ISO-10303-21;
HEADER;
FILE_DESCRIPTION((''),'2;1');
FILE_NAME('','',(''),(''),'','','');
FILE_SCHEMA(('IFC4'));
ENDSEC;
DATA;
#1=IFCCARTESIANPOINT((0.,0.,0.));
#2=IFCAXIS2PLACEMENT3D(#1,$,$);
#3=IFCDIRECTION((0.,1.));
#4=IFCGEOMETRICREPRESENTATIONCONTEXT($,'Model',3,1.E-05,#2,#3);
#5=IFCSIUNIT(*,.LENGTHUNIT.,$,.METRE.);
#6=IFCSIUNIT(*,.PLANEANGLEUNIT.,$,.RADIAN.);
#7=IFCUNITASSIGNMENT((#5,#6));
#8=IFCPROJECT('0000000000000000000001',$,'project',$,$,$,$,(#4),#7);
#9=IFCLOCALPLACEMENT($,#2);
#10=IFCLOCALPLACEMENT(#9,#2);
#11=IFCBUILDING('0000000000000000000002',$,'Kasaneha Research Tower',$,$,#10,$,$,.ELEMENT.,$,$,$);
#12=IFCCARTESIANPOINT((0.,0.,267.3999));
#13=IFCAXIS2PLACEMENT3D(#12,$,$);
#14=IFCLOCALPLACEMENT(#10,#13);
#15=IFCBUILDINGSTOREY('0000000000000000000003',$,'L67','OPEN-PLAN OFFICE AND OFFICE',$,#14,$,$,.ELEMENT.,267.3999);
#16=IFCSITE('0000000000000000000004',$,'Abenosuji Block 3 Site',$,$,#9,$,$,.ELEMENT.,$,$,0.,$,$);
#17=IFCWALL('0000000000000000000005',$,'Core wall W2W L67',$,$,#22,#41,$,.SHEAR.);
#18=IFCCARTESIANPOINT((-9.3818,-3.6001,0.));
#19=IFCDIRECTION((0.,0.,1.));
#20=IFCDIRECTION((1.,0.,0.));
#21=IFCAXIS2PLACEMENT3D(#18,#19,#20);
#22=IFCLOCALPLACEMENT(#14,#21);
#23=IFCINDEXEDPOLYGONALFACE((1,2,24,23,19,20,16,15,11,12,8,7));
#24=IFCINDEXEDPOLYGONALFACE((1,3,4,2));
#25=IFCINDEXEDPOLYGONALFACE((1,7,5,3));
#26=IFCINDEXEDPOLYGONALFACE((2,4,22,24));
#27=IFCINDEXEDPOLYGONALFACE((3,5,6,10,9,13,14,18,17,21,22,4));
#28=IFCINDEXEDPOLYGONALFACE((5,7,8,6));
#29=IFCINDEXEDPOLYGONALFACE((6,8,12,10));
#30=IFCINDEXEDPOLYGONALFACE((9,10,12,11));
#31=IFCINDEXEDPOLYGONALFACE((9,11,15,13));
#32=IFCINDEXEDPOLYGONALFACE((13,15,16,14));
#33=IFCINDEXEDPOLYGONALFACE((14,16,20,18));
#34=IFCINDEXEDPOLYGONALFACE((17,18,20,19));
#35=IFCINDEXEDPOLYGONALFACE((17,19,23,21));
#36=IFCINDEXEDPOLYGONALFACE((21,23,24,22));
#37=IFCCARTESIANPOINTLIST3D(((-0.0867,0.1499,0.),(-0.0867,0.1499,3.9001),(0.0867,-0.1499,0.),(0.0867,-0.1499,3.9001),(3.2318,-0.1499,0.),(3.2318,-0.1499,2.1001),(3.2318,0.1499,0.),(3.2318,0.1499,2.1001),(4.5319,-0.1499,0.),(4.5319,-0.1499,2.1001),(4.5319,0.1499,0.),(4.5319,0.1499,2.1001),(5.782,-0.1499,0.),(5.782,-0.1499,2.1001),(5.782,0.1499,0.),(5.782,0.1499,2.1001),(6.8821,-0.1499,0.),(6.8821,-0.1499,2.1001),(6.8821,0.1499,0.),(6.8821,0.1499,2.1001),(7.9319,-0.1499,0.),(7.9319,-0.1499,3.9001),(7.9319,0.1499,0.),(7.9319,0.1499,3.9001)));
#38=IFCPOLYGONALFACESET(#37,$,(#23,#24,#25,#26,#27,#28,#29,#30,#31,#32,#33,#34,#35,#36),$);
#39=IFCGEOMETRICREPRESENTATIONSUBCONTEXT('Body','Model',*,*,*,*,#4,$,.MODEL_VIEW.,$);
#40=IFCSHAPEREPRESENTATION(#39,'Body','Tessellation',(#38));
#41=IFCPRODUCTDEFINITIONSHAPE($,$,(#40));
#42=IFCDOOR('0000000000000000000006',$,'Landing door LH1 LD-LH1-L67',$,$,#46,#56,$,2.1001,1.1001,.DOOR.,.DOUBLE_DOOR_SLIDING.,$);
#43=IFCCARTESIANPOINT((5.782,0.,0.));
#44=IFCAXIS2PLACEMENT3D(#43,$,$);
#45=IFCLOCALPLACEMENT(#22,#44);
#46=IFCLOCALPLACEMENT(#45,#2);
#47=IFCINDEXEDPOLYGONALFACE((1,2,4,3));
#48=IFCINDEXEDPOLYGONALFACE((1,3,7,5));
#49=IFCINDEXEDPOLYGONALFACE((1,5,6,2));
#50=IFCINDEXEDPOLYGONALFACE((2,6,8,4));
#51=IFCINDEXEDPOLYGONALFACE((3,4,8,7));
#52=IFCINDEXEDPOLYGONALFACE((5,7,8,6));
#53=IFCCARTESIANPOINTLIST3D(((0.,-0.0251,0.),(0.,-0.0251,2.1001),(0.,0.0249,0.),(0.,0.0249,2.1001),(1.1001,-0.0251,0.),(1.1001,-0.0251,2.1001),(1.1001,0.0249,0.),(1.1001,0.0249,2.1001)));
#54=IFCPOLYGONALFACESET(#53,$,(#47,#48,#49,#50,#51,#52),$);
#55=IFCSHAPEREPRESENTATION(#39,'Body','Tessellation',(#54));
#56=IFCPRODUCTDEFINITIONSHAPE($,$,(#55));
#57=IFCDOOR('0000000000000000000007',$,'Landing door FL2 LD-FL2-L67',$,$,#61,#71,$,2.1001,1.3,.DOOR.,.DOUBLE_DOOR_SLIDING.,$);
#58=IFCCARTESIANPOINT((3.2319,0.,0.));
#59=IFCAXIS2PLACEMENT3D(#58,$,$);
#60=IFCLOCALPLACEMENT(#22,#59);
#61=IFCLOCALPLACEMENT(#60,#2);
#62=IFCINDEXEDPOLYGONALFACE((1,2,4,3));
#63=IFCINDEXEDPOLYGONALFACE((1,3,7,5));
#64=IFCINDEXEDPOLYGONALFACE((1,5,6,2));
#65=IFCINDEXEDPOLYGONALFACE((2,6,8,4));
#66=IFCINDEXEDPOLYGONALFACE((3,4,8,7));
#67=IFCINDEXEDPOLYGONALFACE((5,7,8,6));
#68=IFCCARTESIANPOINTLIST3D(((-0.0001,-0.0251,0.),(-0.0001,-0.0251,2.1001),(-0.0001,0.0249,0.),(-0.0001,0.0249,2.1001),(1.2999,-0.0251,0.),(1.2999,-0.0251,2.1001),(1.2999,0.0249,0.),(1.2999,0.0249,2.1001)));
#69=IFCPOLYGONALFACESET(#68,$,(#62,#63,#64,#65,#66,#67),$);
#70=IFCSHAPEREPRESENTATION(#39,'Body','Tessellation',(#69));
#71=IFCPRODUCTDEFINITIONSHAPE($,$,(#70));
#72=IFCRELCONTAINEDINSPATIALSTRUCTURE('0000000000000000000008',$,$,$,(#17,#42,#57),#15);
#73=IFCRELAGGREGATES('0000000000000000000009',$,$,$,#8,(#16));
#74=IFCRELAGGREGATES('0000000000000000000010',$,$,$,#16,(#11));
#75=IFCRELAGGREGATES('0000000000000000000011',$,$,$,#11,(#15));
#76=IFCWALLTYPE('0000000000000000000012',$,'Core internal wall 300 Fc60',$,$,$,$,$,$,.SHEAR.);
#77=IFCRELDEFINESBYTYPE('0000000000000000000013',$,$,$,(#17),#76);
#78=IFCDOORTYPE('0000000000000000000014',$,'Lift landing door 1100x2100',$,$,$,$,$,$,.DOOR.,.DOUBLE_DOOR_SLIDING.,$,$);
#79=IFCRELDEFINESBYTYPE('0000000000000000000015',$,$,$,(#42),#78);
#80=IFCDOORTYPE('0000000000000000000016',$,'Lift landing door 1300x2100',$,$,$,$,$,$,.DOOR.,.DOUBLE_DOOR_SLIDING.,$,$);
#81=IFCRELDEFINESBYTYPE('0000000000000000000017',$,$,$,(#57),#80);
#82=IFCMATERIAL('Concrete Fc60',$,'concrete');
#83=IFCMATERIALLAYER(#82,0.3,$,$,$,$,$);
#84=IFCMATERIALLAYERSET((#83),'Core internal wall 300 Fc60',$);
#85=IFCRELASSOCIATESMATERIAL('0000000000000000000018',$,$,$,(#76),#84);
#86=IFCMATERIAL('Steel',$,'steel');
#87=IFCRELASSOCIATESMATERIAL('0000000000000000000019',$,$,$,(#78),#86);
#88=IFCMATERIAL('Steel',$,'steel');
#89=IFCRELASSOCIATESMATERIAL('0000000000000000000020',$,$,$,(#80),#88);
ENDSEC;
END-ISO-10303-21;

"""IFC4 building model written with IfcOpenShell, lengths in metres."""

from ifc_helpers import new_model, si_unit, direction, frame, frame_2d, origin, place, context, subcontext, project, spatial, polyline, rectangle, outline, extrude, material, layer, layer_set, type_object, element, fill, save


model = new_model("IFC4")

# Units and contexts
model_context = context("Model", 3, precision=1e-05, world=origin(), true_north=direction((0.0, 1.0)))
body_context = subcontext(model_context, "Body", "Model", "MODEL_VIEW")
ifc_project = project(units=[si_unit("LENGTHUNIT", "METRE"), si_unit("PLANEANGLEUNIT", "RADIAN")], contexts=[model_context])

# Site, building, storey
site_placement = place(None, origin())
site = spatial("IfcSite", under=ifc_project, at=site_placement, Name="Abenosuji Block 3 Site", CompositionType="ELEMENT", RefElevation=0.0)
building_placement = place(site_placement, origin())
building = spatial("IfcBuilding", under=site, at=building_placement, Name="Kasaneha Research Tower", CompositionType="ELEMENT")
storey_placement = place(building_placement, frame((0.0, 0.0, 267.3999)))
storey = spatial("IfcBuildingStorey", under=building, at=storey_placement, Name="L67", Description="OPEN-PLAN OFFICE AND OFFICE", CompositionType="ELEMENT", Elevation=267.3999)

# Wall, openings, doors
ifc_material_1 = material(Name="Concrete Fc60", Category="concrete")
ifc_layer_1 = layer(ifc_material_1, 0.3)
ifc_layer_set_1 = layer_set([ifc_layer_1], Name="Core internal wall 300 Fc60")
wall_type_1 = type_object("IfcWallType", Name="Core internal wall 300 Fc60", PredefinedType="SHEAR", material=ifc_layer_set_1)
wall_1_placement = place(storey_placement, frame((-9.3818, -3.6001, 0.0), z_axis=(0.0, 0.0, 1.0), x_axis=(1.0, 0.0, 0.0)))
wall_1 = element("IfcWall", 1, at=wall_1_placement, inside=storey, type_object=wall_type_1, Name="Core wall W2W L67", PredefinedType="SHEAR", context=body_context, shape_type="SweptSolid", body=[
    extrude(outline(polyline([(0.0867, -0.1499), (3.2319, -0.1499), (4.532, -0.1499), (5.782, -0.1499), (6.8821, -0.1499), (7.9319, -0.1499), (7.9319, 0.1499), (6.8821, 0.1499), (5.782, 0.1499), (4.532, 0.1499), (3.2319, 0.1499), (-0.0867, 0.1499), (0.0867, -0.1499)])), origin(), (0.0, 0.0, 1.0), 3.9001),
])
opening_1_placement = place(wall_1_placement, frame((5.782, 0.0, 0.0)))
opening_1 = element("IfcOpeningElement", 2, at=opening_1_placement, cuts=wall_1, PredefinedType="OPENING", context=body_context, shape_type="SweptSolid", body=[
    extrude(rectangle(XDim=1.1001, YDim=2.1001, at=frame_2d((0.55, 1.05))), frame((0.0, 0.1602, 0.0), z_axis=(0.0, -1.0, 0.0), x_axis=(1.0, 0.0, 0.0)), (0.0, 0.0, 1.0), 0.3201),
])
opening_2_placement = place(wall_1_placement, frame((3.2319, 0.0, 0.0)))
opening_2 = element("IfcOpeningElement", 3, at=opening_2_placement, cuts=wall_1, PredefinedType="OPENING", context=body_context, shape_type="SweptSolid", body=[
    extrude(rectangle(XDim=1.3, YDim=2.1001, at=frame_2d((0.6499, 1.05))), frame((0.0, 0.1602, 0.0), z_axis=(0.0, -1.0, 0.0), x_axis=(1.0, 0.0, 0.0)), (0.0, 0.0, 1.0), 0.3201),
])
ifc_material_2 = material(Name="Steel", Category="steel")
door_type_1 = type_object("IfcDoorType", Name="Lift landing door 1100x2100", OperationType="DOUBLE_DOOR_SLIDING", PredefinedType="DOOR", material=ifc_material_2)
door_1_placement = place(opening_1_placement, origin())
door_1 = element("IfcDoor", 4, at=door_1_placement, inside=storey, type_object=door_type_1, Name="Landing door LH1 LD-LH1-L67", OperationType="DOUBLE_DOOR_SLIDING", OverallHeight=2.1001, OverallWidth=1.1001, PredefinedType="DOOR", context=body_context, shape_type="SweptSolid", body=[
    extrude(rectangle(XDim=1.1001, YDim=2.1001, at=frame_2d((0.55, 1.05))), frame((0.0, 0.0249, 0.0), z_axis=(0.0, -1.0, 0.0), x_axis=(1.0, 0.0, 0.0)), (0.0, 0.0, 1.0), 0.05),
])
fill(opening_1, door_1)
ifc_material_3 = material(Name="Steel", Category="steel")
door_type_2 = type_object("IfcDoorType", Name="Lift landing door 1300x2100", OperationType="DOUBLE_DOOR_SLIDING", PredefinedType="DOOR", material=ifc_material_3)
door_2_placement = place(opening_2_placement, origin())
door_2 = element("IfcDoor", 5, at=door_2_placement, inside=storey, type_object=door_type_2, Name="Landing door FL2 LD-FL2-L67", OperationType="DOUBLE_DOOR_SLIDING", OverallHeight=2.1001, OverallWidth=1.3, PredefinedType="DOOR", context=body_context, shape_type="SweptSolid", body=[
    extrude(rectangle(XDim=1.3, YDim=2.1001, at=frame_2d((0.6499, 1.05))), frame((0.0, 0.0249, 0.0), z_axis=(0.0, -1.0, 0.0), x_axis=(1.0, 0.0, 0.0)), (0.0, 0.0, 1.0), 0.05),
])
fill(opening_2, door_2)

save(model, "model.ifc")
